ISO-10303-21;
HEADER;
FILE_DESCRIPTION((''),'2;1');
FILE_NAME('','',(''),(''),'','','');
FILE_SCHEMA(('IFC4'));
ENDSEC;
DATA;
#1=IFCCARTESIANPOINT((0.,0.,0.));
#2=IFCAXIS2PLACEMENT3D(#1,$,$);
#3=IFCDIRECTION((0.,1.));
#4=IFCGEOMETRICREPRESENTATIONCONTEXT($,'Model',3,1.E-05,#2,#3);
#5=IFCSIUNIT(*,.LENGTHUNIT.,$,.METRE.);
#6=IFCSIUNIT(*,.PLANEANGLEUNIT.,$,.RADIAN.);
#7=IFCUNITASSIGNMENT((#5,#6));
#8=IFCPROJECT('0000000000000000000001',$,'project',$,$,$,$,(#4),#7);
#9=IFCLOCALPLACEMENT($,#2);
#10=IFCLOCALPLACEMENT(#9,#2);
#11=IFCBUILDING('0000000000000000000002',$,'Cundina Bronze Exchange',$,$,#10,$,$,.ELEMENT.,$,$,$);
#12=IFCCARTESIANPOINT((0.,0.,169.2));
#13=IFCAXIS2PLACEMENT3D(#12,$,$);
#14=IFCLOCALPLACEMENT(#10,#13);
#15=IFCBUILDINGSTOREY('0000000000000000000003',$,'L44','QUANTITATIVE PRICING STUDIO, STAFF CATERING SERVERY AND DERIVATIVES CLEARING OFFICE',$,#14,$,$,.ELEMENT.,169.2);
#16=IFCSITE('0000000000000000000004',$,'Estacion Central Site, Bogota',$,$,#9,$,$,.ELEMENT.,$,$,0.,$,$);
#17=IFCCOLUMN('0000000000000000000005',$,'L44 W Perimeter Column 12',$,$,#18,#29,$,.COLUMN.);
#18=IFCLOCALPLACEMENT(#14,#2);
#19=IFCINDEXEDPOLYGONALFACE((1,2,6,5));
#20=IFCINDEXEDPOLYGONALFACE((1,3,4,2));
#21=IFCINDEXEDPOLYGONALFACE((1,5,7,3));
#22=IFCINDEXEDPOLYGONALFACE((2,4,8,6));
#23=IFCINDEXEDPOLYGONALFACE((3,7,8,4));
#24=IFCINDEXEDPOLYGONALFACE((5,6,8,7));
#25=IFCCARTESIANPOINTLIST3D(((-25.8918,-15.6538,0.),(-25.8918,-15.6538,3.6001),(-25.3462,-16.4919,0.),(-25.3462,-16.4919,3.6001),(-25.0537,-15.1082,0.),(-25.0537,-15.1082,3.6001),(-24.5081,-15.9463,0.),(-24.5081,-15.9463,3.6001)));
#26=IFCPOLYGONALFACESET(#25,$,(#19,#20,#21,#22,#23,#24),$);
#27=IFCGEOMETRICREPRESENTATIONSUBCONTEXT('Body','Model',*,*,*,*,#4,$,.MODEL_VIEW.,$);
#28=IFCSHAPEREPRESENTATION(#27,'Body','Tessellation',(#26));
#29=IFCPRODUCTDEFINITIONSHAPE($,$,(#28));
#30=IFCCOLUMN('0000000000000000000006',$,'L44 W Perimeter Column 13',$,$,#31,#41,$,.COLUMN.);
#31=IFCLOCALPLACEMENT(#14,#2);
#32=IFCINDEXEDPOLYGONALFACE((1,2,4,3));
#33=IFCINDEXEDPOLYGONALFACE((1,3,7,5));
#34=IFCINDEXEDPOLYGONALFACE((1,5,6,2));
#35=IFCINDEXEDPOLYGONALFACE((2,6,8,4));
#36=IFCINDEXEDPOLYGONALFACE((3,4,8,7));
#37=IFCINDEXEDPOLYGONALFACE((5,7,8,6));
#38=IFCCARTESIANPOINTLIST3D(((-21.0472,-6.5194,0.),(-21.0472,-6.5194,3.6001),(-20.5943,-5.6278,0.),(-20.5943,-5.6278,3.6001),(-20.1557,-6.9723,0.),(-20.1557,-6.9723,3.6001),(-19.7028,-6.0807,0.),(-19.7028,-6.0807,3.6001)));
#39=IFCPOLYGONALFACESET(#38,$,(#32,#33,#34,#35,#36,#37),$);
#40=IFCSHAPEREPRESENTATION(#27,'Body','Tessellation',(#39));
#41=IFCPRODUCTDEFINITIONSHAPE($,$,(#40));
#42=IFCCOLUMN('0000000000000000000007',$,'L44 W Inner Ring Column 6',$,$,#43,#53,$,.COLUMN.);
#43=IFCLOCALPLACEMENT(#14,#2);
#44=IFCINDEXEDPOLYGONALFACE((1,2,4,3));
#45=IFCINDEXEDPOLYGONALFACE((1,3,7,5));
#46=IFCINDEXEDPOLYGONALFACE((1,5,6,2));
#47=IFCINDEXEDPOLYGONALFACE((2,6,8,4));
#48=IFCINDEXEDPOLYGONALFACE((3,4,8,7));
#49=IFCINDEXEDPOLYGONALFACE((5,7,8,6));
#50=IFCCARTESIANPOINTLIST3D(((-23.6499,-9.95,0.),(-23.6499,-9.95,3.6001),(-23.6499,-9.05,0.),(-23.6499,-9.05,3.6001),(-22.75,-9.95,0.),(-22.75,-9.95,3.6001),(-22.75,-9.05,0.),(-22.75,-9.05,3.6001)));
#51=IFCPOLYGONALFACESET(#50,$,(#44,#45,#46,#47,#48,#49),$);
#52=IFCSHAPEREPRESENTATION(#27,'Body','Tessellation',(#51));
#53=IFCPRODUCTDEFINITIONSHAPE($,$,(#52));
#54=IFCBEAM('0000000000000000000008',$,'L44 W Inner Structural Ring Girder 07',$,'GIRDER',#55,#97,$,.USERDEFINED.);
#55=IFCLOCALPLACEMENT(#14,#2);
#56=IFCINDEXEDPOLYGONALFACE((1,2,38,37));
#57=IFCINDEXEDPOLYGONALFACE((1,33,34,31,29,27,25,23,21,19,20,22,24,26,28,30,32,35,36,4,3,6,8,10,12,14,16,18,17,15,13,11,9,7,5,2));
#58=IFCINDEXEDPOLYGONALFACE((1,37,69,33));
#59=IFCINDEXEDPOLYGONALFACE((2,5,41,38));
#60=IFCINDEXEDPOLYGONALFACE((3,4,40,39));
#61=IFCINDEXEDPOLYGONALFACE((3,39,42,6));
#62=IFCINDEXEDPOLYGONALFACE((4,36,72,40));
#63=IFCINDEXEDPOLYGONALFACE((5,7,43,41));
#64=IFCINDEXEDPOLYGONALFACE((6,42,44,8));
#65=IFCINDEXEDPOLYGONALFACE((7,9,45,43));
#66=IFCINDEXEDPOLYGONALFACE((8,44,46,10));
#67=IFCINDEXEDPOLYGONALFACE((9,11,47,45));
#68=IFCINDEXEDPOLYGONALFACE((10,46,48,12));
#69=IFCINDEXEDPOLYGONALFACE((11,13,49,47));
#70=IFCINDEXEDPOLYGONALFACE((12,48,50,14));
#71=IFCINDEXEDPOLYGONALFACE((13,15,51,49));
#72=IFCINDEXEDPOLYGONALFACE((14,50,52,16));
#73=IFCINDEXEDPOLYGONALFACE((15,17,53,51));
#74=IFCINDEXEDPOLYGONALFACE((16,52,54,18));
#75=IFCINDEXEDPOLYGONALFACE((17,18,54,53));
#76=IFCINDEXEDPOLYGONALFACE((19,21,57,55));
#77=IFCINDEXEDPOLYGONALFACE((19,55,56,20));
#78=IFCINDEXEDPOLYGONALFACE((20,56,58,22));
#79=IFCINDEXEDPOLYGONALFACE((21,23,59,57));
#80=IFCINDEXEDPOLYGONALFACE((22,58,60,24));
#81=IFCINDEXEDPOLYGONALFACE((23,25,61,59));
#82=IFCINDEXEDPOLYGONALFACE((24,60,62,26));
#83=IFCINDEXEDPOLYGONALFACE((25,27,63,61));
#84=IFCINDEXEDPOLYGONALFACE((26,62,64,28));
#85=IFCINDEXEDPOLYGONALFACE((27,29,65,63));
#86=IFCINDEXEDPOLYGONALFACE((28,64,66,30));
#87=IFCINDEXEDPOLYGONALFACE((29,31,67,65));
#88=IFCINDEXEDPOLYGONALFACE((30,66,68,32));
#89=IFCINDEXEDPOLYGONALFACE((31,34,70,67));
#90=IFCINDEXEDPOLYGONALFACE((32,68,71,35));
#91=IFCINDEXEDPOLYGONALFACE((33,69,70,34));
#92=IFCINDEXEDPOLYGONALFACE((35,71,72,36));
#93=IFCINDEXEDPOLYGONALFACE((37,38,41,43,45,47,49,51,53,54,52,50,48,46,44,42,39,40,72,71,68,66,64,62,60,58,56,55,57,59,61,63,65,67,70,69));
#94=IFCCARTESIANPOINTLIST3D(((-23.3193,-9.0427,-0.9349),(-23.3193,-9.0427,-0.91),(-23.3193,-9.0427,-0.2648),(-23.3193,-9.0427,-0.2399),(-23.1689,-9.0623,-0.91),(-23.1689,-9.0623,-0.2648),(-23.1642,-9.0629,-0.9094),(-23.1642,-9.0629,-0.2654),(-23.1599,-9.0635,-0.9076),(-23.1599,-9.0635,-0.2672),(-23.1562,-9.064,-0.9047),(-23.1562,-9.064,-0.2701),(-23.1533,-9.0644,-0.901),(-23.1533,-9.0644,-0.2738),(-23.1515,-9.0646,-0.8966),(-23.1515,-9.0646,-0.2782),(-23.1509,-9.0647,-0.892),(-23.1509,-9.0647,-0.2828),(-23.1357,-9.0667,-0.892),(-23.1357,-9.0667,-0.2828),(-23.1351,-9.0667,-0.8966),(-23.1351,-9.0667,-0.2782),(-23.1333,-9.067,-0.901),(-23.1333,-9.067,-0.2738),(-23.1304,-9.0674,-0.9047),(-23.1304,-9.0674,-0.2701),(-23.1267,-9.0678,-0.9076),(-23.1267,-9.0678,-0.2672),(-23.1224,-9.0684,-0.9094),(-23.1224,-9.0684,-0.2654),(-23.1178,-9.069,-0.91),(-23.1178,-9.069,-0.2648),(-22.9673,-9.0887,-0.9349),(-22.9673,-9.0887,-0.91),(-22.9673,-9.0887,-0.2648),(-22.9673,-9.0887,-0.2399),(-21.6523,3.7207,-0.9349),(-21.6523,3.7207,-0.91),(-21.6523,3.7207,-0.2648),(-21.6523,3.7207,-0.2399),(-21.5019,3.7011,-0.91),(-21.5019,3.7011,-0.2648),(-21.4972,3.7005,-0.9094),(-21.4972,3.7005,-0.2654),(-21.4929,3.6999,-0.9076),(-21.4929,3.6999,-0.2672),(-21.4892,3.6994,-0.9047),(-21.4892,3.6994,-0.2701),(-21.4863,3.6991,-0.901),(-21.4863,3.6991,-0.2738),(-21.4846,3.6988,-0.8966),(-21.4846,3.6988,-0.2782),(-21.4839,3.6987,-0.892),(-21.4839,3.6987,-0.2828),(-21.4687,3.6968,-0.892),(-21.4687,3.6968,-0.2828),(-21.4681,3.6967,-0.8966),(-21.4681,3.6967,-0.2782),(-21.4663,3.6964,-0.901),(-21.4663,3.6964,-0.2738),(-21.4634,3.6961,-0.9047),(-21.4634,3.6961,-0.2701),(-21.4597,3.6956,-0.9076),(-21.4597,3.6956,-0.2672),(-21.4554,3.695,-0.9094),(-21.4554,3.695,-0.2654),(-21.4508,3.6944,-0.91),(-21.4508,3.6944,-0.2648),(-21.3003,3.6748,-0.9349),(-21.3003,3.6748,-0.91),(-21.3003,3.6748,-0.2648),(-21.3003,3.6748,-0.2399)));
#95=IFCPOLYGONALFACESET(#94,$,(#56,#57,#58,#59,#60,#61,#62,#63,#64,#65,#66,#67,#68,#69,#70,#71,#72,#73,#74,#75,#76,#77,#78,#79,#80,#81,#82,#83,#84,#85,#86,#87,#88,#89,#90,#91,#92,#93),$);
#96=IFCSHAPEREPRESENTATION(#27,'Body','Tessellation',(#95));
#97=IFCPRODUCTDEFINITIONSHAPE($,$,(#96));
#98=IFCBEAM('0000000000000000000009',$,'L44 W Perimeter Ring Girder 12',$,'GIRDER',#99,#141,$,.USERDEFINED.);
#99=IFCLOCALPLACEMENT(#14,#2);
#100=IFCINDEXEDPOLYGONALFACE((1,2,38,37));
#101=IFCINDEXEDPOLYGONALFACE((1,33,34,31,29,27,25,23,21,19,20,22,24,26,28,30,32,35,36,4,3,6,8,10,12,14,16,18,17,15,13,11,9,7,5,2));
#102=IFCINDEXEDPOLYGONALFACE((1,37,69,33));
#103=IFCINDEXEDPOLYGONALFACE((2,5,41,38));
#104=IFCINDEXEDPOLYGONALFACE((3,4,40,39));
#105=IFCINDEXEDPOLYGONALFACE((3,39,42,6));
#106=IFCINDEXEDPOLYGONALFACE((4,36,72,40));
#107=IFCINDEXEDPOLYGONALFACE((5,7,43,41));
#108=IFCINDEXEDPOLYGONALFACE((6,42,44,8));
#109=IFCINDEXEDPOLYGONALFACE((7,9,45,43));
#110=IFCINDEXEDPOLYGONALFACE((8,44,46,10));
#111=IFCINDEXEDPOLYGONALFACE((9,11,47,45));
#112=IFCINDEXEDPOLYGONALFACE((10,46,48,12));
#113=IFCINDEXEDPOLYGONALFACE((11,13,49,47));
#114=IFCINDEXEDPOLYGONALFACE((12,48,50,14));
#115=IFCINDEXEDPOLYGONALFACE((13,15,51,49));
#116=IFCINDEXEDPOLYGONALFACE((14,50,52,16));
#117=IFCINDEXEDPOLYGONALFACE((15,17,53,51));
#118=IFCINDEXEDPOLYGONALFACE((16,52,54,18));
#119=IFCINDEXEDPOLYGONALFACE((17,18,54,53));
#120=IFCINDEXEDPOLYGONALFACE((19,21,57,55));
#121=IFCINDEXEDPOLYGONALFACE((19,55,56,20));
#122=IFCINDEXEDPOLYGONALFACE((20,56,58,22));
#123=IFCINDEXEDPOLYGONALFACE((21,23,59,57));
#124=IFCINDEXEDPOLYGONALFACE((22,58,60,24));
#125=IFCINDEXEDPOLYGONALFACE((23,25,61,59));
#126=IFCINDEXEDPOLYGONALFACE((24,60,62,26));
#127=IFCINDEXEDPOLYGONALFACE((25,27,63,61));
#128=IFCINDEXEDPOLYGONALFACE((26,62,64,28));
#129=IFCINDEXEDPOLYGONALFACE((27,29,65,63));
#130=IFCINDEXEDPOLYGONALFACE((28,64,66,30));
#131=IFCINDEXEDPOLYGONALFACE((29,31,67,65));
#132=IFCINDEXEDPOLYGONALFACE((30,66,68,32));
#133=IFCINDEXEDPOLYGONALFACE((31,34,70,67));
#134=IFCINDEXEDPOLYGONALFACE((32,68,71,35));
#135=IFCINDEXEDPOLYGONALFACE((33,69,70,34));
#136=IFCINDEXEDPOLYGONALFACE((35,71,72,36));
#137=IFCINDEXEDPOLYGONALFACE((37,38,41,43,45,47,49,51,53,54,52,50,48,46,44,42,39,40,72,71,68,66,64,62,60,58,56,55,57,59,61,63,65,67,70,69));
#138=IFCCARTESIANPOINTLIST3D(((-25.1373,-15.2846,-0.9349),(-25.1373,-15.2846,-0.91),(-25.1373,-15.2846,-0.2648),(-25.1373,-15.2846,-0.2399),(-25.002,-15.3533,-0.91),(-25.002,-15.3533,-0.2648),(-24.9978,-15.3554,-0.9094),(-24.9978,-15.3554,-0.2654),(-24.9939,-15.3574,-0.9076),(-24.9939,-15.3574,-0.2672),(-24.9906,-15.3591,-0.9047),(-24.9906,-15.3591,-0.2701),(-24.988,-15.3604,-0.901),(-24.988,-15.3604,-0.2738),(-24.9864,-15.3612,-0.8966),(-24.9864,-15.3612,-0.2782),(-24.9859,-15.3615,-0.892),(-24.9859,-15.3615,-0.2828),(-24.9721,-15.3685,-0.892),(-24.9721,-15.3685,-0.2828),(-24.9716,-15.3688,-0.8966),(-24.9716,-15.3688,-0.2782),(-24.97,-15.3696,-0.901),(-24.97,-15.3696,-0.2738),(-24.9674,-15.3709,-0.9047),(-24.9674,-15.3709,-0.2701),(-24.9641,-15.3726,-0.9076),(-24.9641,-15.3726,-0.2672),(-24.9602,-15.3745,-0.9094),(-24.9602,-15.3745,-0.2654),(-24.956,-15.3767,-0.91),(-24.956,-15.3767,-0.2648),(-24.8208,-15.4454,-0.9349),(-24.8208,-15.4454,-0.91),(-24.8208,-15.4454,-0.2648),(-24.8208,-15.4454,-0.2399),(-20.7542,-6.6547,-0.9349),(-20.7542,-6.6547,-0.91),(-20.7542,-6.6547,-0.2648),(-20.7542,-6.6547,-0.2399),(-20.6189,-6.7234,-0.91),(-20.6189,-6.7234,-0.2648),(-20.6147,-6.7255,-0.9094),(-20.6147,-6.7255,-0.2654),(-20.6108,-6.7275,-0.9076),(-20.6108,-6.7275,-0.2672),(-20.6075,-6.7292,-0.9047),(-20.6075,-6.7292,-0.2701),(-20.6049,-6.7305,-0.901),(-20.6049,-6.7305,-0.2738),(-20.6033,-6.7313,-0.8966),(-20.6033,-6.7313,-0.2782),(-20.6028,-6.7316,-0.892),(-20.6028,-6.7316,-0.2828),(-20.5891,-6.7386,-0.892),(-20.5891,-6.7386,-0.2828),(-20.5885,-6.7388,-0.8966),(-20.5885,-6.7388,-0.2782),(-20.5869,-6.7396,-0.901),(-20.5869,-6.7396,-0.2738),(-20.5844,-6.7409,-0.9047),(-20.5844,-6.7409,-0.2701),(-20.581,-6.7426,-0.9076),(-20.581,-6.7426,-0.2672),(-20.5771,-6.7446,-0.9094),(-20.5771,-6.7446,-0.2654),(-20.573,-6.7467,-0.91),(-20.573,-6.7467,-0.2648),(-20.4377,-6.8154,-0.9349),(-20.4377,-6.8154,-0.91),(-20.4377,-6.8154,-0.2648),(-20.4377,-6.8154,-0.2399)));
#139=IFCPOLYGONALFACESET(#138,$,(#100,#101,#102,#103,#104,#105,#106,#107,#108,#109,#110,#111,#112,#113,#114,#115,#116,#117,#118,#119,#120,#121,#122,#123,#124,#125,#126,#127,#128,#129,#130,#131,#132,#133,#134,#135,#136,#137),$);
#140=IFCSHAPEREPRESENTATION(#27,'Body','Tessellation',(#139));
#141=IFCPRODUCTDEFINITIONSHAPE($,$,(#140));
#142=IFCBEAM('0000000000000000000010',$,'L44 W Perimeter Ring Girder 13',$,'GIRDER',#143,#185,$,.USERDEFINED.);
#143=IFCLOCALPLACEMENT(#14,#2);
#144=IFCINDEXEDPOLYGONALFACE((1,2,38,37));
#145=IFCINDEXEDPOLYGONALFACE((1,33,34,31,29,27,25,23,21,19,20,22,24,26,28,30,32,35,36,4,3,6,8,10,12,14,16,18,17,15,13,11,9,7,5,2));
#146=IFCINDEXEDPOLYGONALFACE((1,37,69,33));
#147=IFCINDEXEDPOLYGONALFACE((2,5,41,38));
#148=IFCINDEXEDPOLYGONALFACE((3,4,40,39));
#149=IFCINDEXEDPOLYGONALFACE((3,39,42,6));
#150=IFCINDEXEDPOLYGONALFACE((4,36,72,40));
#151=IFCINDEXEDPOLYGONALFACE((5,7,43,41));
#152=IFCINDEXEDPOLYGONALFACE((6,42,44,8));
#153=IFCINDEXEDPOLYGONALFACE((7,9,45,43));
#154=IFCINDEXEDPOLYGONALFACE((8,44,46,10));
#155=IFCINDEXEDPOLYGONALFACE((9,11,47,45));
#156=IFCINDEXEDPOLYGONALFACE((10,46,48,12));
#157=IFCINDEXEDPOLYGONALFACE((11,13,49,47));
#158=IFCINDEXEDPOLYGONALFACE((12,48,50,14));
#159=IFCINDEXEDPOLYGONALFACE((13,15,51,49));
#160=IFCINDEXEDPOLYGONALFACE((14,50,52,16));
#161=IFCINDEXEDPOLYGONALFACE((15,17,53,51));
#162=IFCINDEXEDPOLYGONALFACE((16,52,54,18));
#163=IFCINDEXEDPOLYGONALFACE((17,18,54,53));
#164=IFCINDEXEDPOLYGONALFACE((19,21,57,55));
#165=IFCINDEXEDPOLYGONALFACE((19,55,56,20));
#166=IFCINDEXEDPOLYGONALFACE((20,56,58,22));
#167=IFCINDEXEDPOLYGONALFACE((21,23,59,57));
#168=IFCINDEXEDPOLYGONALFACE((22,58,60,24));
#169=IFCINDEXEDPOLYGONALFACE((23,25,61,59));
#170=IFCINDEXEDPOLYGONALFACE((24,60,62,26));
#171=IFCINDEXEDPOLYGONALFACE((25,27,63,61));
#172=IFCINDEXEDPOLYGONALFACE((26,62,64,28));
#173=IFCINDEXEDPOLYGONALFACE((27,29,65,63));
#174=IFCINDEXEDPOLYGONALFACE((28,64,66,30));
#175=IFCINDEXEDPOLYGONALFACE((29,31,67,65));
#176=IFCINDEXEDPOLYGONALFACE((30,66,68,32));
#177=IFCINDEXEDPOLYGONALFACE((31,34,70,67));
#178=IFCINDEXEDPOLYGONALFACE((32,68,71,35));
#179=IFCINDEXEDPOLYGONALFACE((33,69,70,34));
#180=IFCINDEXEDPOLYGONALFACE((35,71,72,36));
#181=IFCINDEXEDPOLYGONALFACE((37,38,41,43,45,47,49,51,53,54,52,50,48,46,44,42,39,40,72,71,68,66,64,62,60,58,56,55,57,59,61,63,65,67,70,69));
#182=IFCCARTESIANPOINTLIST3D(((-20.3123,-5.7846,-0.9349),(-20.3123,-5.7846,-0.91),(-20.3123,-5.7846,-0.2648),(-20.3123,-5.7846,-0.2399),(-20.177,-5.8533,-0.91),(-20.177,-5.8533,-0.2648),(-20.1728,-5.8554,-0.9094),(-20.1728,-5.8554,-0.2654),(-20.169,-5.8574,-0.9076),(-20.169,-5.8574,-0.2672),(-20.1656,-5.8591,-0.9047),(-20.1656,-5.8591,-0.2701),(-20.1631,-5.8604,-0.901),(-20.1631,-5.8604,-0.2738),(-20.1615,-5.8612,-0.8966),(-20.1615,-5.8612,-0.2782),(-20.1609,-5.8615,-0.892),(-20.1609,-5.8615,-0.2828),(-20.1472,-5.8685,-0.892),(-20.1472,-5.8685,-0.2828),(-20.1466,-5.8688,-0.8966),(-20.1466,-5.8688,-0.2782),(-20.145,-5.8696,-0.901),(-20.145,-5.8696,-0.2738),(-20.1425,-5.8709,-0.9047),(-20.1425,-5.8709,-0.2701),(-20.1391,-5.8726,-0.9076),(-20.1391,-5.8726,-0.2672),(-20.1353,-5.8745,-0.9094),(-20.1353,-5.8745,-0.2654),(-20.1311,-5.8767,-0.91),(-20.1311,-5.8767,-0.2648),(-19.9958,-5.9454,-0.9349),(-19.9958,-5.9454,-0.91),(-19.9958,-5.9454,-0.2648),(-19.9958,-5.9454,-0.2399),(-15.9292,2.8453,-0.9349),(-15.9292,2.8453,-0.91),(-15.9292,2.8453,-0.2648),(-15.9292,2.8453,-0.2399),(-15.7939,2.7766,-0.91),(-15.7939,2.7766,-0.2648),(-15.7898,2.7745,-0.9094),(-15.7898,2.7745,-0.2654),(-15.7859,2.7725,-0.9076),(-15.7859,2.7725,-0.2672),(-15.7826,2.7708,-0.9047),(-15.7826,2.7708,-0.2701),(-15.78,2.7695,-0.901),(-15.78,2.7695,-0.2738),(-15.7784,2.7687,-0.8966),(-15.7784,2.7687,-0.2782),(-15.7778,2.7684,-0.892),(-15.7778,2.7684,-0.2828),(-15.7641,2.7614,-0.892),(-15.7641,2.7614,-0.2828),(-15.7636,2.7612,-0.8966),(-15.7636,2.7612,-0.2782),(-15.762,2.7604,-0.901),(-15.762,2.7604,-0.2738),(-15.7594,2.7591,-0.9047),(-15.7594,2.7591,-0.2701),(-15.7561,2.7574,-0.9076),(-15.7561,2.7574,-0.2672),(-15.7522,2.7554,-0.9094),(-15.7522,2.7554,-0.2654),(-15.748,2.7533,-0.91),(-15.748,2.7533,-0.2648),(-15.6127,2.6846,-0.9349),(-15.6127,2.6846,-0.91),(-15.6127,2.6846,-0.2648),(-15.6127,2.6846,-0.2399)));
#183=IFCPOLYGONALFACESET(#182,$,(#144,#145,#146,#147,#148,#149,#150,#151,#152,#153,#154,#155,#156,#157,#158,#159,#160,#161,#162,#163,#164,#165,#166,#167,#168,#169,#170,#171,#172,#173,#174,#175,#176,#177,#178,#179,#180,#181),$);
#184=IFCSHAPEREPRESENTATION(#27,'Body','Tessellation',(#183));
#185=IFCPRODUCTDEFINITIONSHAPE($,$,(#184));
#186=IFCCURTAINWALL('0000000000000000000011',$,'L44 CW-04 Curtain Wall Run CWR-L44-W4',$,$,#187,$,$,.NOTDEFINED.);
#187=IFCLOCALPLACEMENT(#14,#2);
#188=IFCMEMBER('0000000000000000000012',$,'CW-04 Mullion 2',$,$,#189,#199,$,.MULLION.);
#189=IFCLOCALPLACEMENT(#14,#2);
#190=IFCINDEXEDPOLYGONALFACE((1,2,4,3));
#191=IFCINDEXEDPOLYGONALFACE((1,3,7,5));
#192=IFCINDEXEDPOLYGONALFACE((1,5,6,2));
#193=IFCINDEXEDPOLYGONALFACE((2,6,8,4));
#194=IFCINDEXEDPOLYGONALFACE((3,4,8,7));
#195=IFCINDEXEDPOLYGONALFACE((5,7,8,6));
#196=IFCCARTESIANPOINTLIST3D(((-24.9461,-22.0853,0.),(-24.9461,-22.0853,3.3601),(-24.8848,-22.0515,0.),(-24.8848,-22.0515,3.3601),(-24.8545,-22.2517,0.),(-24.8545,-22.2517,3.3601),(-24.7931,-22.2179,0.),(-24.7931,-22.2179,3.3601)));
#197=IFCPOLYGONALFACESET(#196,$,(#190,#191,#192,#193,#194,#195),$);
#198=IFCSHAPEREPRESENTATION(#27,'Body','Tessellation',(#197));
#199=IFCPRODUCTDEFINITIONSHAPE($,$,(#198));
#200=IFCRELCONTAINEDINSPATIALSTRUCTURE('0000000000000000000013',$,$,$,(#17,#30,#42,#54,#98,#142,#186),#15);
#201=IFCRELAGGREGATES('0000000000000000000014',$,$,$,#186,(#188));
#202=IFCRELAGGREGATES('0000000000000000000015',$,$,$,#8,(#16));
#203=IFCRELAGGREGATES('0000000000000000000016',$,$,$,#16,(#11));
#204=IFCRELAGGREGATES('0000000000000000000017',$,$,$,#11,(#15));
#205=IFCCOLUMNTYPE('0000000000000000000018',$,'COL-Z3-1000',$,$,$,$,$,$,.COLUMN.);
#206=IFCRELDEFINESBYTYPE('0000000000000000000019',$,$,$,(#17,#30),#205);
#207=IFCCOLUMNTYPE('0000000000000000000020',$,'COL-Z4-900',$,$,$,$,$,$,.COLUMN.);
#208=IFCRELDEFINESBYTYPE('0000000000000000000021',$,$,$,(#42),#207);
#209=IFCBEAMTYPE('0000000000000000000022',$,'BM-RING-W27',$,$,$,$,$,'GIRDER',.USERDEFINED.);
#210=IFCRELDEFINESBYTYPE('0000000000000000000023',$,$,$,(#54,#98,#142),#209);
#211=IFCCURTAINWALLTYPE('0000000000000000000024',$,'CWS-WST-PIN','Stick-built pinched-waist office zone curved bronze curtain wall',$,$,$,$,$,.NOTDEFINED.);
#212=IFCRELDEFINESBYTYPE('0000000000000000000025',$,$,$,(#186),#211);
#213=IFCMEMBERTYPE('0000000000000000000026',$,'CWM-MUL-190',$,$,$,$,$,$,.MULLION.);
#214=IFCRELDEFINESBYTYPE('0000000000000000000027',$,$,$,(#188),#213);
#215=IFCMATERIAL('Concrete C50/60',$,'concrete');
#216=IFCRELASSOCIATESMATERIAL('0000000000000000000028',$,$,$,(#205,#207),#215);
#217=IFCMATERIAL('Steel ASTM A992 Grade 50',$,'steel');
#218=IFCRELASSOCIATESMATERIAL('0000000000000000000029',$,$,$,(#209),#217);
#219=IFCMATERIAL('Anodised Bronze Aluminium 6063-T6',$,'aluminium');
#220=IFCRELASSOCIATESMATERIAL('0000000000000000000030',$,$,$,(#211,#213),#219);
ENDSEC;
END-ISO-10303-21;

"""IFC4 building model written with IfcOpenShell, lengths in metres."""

from ifc_helpers import new_model, si_unit, direction, frame, origin, origin_2d, place, context, subcontext, project, spatial, rectangle, i_section, extrude, material, material_profile, profile_set, type_object, element, aggregate, save


model = new_model("IFC4")

# Units and contexts
model_context = context("Model", 3, precision=1e-05, world=origin(), true_north=direction((0.0, 1.0)))
body_context = subcontext(model_context, "Body", "Model", "MODEL_VIEW")
ifc_project = project(units=[si_unit("LENGTHUNIT", "METRE"), si_unit("PLANEANGLEUNIT", "RADIAN")], contexts=[model_context])

# Site, building, storey
site_placement = place(None, origin())
site = spatial("IfcSite", under=ifc_project, at=site_placement, Name="Estacion Central Site, Bogota", CompositionType="ELEMENT", RefElevation=0.0)
building_placement = place(site_placement, origin())
building = spatial("IfcBuilding", under=site, at=building_placement, Name="Cundina Bronze Exchange", CompositionType="ELEMENT")
storey_placement = place(building_placement, frame((0.0, 0.0, 169.2)))
storey = spatial("IfcBuildingStorey", under=building, at=storey_placement, Name="L44", Description="QUANTITATIVE PRICING STUDIO, STAFF CATERING SERVERY AND DERIVATIVES CLEARING OFFICE", CompositionType="ELEMENT", Elevation=169.2)

# Columns
ifc_material_1 = material(Name="Concrete C50/60", Category="concrete")
ifc_material_profile_1 = material_profile(ifc_material_1, rectangle(XDim=1.0, YDim=1.0, at=origin_2d()), Name="RC1000X1000", Category="concrete")
ifc_profile_set_1 = profile_set([ifc_material_profile_1], Name="Concrete C50/60")
column_type_1 = type_object("IfcColumnType", Name="COL-Z3-1000", PredefinedType="COLUMN", material=ifc_profile_set_1)
for number, where, z_axis, x_axis, name in (
    (1, (-25.2, -15.8, 0.0), (0.0, 0.0, 1.0), (0.8381, 0.545517, 0.0), "L44 W Perimeter Column 12"),
    (2, (-20.375, -6.3, 0.0), (0.0, 0.0, 1.0), (0.452902, 0.891561, 0.0), "L44 W Perimeter Column 13"),
):
    element("IfcColumn", number, at=place(storey_placement, frame(where, z_axis=z_axis, x_axis=x_axis)), inside=storey, type_object=column_type_1, Name=name, PredefinedType="COLUMN", context=body_context, shape_type="SweptSolid", body=[
        extrude(rectangle(XDim=1.0, YDim=1.0, at=origin_2d()), origin(), (0.0, 0.0, 1.0), 3.6001),
    ])
ifc_material_profile_2 = material_profile(ifc_material_1, rectangle(XDim=0.8999, YDim=0.8999, at=origin_2d()), Name="RC900X900", Category="concrete")
ifc_profile_set_2 = profile_set([ifc_material_profile_2], Name="Concrete C50/60")
column_type_2 = type_object("IfcColumnType", Name="COL-Z4-900", PredefinedType="COLUMN", material=ifc_profile_set_2)
column_placement = place(storey_placement, frame((-23.2, -9.5, 0.0), z_axis=(0.0, 0.0, 1.0), x_axis=(1.0, 0.0, 0.0)))
element("IfcColumn", 3, at=column_placement, inside=storey, type_object=column_type_2, Name="L44 W Inner Ring Column 6", PredefinedType="COLUMN", context=body_context, shape_type="SweptSolid", body=[
    extrude(rectangle(XDim=0.8999, YDim=0.8999, at=origin_2d()), origin(), (0.0, 0.0, 1.0), 3.6001),
])

# Beams
ifc_material_2 = material(Name="Steel ASTM A992 Grade 50", Category="steel")
ifc_material_profile_3 = material_profile(ifc_material_2, i_section(OverallWidth=0.355, OverallDepth=0.6951, WebThickness=0.0154, FlangeThickness=0.0249, FilletRadius=0.0181, at=origin_2d()), Name="W27X146", Category="steel")
ifc_profile_set_3 = profile_set([ifc_material_profile_3], Name="Steel ASTM A992 Grade 50")
beam_type = type_object("IfcBeamType", Name="BM-RING-W27", ElementType="GIRDER", PredefinedType="USERDEFINED", material=ifc_profile_set_3)
beam_placement = place(storey_placement, frame((-23.1433, -9.0657, -0.5874), z_axis=(0.129507, 0.991579, 0.0), x_axis=(-0.991579, 0.129507, 0.0)))
element("IfcBeam", 4, at=beam_placement, inside=storey, type_object=beam_type, Name="L44 W Inner Structural Ring Girder 07", ObjectType="GIRDER", PredefinedType="USERDEFINED", context=body_context, shape_type="SweptSolid", body=[
    extrude(i_section(OverallWidth=0.355, OverallDepth=0.6951, WebThickness=0.0154, FlangeThickness=0.0249, FilletRadius=0.0181, at=origin_2d()), origin(), (0.0, 0.0, 1.0), 12.8718),
])
for number, where, z_axis, x_axis, name in (
    (5, (-24.979, -15.365, -0.5874), (0.452835, 0.891595, 0.0), (-0.891595, 0.452835, 0.0), "L44 W Perimeter Ring Girder 12"),
    (6, (-20.1541, -5.865, -0.5874), (0.452835, 0.891595, 0.0), (-0.891595, 0.452835, 0.0), "L44 W Perimeter Ring Girder 13"),
):
    element("IfcBeam", number, at=place(storey_placement, frame(where, z_axis=z_axis, x_axis=x_axis)), inside=storey, type_object=beam_type, Name=name, ObjectType="GIRDER", PredefinedType="USERDEFINED", context=body_context, shape_type="SweptSolid", body=[
        extrude(i_section(OverallWidth=0.355, OverallDepth=0.6951, WebThickness=0.0154, FlangeThickness=0.0249, FilletRadius=0.0181, at=origin_2d()), origin(), (0.0, 0.0, 1.0), 9.6792),
    ])

# Curtain wall, member
ifc_material_3 = material(Name="Anodised Bronze Aluminium 6063-T6", Category="aluminium")
curtain_wall_type = type_object("IfcCurtainWallType", Name="CWS-WST-PIN", Description="Stick-built pinched-waist office zone curved bronze curtain wall", PredefinedType="NOTDEFINED", material=ifc_material_3)
curtain_wall_placement = place(storey_placement, origin())
curtain_wall = element("IfcCurtainWall", 7, at=curtain_wall_placement, inside=storey, type_object=curtain_wall_type, Name="L44 CW-04 Curtain Wall Run CWR-L44-W4", PredefinedType="NOTDEFINED")
ifc_material_profile_4 = material_profile(ifc_material_3, rectangle(XDim=0.0701, YDim=0.1899, at=origin_2d()), Name="AL70X190", Category="aluminium")
ifc_profile_set_4 = profile_set([ifc_material_profile_4], Name="Anodised Bronze Aluminium 6063-T6")
member_type_1 = type_object("IfcMemberType", Name="CWM-MUL-190", PredefinedType="MULLION", material=ifc_profile_set_4)
member_1_placement = place(storey_placement, frame((-24.8696, -22.1516, 0.0), z_axis=(0.0, 0.0, 1.0), x_axis=(0.875886, 0.482518, 0.0)))
member_1 = element("IfcMember", 8, at=member_1_placement, type_object=member_type_1, Name="CW-04 Mullion 2", PredefinedType="MULLION", context=body_context, shape_type="SweptSolid", body=[
    extrude(rectangle(XDim=0.0701, YDim=0.1899, at=origin_2d()), origin(), (0.0, 0.0, 1.0), 3.3601),
])
aggregate(curtain_wall, [member_1])

save(model, "model.ifc")
